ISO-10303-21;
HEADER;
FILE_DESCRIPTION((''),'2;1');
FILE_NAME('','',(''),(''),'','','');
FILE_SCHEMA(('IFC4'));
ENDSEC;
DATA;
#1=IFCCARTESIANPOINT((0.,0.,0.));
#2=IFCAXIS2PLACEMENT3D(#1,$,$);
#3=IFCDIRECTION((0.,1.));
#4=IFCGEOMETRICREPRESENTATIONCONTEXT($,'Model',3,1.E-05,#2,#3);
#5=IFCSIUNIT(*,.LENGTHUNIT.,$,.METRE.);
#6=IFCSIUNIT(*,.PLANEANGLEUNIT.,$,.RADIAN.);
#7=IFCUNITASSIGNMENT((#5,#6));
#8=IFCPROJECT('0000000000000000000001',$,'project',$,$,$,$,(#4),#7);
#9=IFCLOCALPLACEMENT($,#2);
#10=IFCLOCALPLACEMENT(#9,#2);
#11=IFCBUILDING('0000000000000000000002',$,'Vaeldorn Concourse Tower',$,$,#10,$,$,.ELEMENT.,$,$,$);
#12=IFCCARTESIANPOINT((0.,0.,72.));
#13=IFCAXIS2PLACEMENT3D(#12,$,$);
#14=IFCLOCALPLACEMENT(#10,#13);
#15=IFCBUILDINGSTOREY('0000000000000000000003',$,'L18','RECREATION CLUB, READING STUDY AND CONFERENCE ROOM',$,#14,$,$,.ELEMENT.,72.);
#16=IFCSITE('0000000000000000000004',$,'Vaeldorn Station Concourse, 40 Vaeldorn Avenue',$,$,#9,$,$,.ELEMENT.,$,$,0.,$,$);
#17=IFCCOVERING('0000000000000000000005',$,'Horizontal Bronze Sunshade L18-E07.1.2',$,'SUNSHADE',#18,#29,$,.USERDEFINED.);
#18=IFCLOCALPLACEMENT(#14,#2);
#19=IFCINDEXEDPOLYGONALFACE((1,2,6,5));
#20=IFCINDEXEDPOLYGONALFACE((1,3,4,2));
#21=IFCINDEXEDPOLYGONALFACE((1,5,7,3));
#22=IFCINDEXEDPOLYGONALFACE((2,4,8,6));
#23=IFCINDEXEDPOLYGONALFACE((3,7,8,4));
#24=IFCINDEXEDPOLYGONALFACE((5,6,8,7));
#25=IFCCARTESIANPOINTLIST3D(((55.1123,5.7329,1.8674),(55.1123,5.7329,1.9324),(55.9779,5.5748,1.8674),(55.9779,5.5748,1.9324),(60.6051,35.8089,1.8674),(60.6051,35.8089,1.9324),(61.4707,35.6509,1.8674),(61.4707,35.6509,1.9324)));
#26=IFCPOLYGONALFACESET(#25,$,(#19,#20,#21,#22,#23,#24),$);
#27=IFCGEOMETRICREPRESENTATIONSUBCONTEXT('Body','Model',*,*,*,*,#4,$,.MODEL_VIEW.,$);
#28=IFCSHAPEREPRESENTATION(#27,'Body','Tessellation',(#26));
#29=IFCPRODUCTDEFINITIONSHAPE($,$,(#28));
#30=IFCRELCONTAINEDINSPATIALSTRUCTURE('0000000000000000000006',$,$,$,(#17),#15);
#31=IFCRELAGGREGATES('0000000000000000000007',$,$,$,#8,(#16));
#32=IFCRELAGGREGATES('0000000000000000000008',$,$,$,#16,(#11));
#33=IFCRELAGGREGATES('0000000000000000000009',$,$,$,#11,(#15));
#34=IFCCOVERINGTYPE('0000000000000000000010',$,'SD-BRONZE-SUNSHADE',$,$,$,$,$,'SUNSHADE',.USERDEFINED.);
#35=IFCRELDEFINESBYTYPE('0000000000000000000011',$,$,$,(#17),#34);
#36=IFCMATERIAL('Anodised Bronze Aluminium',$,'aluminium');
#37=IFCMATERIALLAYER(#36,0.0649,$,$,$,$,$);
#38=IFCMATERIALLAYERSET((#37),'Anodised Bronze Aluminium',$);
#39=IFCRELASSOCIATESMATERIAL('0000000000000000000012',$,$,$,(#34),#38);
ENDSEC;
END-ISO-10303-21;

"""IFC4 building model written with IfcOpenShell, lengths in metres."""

from ifc_helpers import new_model, si_unit, direction, frame, origin, origin_2d, place, context, subcontext, project, spatial, rectangle, extrude, source, transform, mapped, material, layer, layer_set, type_object, element, save


model = new_model("IFC4")

# Units and contexts
model_context = context("Model", 3, precision=1e-05, world=origin(), true_north=direction((0.0, 1.0)))
body_context = subcontext(model_context, "Body", "Model", "MODEL_VIEW")
ifc_project = project(units=[si_unit("LENGTHUNIT", "METRE"), si_unit("PLANEANGLEUNIT", "RADIAN")], contexts=[model_context])

# Site, building, storey
site_placement = place(None, origin())
site = spatial("IfcSite", under=ifc_project, at=site_placement, Name="Vaeldorn Station Concourse, 40 Vaeldorn Avenue", CompositionType="ELEMENT", RefElevation=0.0)
building_placement = place(site_placement, origin())
building = spatial("IfcBuilding", under=site, at=building_placement, Name="Vaeldorn Concourse Tower", CompositionType="ELEMENT")
storey_placement = place(building_placement, frame((0.0, 0.0, 72.0)))
storey = spatial("IfcBuildingStorey", under=building, at=storey_placement, Name="L18", Description="RECREATION CLUB, READING STUDY AND CONFERENCE ROOM", CompositionType="ELEMENT", Elevation=72.0)

# Shared definitions
ifc_material_1 = material(Name="Anodised Bronze Aluminium", Category="aluminium")

# Covering
ifc_layer_1 = layer(ifc_material_1, 0.0649)
ifc_layer_set_1 = layer_set([ifc_layer_1], Name="Anodised Bronze Aluminium")
covering_type = type_object("IfcCoveringType", Name="SD-BRONZE-SUNSHADE", ElementType="SUNSHADE", PredefinedType="USERDEFINED", material=ifc_layer_set_1)
shared_shape_1 = source(origin(), body_context, "Body", "SweptSolid", [
    extrude(rectangle(XDim=30.5735, YDim=0.8799, at=origin_2d()), origin(), (0.0, 0.0, 1.0), 0.0649),
])
for number, where, z_axis, x_axis, name in (
    (1, (58.2915, 20.6919, 1.8674), (0.0, 0.0, 1.0), (0.179661, 0.983729, 0.0), "Horizontal Bronze Sunshade L18-E07.1.2"),
):
    element("IfcCovering", number, at=place(storey_placement, frame(where, z_axis=z_axis, x_axis=x_axis)), inside=storey, type_object=covering_type, Name=name, ObjectType="SUNSHADE", PredefinedType="USERDEFINED", context=body_context, shape_type="MappedRepresentation", body=[
        mapped(shared_shape_1, transform((0.0, 0.0, 0.0), scale=1.0)),
    ])

save(model, "model.ifc")
